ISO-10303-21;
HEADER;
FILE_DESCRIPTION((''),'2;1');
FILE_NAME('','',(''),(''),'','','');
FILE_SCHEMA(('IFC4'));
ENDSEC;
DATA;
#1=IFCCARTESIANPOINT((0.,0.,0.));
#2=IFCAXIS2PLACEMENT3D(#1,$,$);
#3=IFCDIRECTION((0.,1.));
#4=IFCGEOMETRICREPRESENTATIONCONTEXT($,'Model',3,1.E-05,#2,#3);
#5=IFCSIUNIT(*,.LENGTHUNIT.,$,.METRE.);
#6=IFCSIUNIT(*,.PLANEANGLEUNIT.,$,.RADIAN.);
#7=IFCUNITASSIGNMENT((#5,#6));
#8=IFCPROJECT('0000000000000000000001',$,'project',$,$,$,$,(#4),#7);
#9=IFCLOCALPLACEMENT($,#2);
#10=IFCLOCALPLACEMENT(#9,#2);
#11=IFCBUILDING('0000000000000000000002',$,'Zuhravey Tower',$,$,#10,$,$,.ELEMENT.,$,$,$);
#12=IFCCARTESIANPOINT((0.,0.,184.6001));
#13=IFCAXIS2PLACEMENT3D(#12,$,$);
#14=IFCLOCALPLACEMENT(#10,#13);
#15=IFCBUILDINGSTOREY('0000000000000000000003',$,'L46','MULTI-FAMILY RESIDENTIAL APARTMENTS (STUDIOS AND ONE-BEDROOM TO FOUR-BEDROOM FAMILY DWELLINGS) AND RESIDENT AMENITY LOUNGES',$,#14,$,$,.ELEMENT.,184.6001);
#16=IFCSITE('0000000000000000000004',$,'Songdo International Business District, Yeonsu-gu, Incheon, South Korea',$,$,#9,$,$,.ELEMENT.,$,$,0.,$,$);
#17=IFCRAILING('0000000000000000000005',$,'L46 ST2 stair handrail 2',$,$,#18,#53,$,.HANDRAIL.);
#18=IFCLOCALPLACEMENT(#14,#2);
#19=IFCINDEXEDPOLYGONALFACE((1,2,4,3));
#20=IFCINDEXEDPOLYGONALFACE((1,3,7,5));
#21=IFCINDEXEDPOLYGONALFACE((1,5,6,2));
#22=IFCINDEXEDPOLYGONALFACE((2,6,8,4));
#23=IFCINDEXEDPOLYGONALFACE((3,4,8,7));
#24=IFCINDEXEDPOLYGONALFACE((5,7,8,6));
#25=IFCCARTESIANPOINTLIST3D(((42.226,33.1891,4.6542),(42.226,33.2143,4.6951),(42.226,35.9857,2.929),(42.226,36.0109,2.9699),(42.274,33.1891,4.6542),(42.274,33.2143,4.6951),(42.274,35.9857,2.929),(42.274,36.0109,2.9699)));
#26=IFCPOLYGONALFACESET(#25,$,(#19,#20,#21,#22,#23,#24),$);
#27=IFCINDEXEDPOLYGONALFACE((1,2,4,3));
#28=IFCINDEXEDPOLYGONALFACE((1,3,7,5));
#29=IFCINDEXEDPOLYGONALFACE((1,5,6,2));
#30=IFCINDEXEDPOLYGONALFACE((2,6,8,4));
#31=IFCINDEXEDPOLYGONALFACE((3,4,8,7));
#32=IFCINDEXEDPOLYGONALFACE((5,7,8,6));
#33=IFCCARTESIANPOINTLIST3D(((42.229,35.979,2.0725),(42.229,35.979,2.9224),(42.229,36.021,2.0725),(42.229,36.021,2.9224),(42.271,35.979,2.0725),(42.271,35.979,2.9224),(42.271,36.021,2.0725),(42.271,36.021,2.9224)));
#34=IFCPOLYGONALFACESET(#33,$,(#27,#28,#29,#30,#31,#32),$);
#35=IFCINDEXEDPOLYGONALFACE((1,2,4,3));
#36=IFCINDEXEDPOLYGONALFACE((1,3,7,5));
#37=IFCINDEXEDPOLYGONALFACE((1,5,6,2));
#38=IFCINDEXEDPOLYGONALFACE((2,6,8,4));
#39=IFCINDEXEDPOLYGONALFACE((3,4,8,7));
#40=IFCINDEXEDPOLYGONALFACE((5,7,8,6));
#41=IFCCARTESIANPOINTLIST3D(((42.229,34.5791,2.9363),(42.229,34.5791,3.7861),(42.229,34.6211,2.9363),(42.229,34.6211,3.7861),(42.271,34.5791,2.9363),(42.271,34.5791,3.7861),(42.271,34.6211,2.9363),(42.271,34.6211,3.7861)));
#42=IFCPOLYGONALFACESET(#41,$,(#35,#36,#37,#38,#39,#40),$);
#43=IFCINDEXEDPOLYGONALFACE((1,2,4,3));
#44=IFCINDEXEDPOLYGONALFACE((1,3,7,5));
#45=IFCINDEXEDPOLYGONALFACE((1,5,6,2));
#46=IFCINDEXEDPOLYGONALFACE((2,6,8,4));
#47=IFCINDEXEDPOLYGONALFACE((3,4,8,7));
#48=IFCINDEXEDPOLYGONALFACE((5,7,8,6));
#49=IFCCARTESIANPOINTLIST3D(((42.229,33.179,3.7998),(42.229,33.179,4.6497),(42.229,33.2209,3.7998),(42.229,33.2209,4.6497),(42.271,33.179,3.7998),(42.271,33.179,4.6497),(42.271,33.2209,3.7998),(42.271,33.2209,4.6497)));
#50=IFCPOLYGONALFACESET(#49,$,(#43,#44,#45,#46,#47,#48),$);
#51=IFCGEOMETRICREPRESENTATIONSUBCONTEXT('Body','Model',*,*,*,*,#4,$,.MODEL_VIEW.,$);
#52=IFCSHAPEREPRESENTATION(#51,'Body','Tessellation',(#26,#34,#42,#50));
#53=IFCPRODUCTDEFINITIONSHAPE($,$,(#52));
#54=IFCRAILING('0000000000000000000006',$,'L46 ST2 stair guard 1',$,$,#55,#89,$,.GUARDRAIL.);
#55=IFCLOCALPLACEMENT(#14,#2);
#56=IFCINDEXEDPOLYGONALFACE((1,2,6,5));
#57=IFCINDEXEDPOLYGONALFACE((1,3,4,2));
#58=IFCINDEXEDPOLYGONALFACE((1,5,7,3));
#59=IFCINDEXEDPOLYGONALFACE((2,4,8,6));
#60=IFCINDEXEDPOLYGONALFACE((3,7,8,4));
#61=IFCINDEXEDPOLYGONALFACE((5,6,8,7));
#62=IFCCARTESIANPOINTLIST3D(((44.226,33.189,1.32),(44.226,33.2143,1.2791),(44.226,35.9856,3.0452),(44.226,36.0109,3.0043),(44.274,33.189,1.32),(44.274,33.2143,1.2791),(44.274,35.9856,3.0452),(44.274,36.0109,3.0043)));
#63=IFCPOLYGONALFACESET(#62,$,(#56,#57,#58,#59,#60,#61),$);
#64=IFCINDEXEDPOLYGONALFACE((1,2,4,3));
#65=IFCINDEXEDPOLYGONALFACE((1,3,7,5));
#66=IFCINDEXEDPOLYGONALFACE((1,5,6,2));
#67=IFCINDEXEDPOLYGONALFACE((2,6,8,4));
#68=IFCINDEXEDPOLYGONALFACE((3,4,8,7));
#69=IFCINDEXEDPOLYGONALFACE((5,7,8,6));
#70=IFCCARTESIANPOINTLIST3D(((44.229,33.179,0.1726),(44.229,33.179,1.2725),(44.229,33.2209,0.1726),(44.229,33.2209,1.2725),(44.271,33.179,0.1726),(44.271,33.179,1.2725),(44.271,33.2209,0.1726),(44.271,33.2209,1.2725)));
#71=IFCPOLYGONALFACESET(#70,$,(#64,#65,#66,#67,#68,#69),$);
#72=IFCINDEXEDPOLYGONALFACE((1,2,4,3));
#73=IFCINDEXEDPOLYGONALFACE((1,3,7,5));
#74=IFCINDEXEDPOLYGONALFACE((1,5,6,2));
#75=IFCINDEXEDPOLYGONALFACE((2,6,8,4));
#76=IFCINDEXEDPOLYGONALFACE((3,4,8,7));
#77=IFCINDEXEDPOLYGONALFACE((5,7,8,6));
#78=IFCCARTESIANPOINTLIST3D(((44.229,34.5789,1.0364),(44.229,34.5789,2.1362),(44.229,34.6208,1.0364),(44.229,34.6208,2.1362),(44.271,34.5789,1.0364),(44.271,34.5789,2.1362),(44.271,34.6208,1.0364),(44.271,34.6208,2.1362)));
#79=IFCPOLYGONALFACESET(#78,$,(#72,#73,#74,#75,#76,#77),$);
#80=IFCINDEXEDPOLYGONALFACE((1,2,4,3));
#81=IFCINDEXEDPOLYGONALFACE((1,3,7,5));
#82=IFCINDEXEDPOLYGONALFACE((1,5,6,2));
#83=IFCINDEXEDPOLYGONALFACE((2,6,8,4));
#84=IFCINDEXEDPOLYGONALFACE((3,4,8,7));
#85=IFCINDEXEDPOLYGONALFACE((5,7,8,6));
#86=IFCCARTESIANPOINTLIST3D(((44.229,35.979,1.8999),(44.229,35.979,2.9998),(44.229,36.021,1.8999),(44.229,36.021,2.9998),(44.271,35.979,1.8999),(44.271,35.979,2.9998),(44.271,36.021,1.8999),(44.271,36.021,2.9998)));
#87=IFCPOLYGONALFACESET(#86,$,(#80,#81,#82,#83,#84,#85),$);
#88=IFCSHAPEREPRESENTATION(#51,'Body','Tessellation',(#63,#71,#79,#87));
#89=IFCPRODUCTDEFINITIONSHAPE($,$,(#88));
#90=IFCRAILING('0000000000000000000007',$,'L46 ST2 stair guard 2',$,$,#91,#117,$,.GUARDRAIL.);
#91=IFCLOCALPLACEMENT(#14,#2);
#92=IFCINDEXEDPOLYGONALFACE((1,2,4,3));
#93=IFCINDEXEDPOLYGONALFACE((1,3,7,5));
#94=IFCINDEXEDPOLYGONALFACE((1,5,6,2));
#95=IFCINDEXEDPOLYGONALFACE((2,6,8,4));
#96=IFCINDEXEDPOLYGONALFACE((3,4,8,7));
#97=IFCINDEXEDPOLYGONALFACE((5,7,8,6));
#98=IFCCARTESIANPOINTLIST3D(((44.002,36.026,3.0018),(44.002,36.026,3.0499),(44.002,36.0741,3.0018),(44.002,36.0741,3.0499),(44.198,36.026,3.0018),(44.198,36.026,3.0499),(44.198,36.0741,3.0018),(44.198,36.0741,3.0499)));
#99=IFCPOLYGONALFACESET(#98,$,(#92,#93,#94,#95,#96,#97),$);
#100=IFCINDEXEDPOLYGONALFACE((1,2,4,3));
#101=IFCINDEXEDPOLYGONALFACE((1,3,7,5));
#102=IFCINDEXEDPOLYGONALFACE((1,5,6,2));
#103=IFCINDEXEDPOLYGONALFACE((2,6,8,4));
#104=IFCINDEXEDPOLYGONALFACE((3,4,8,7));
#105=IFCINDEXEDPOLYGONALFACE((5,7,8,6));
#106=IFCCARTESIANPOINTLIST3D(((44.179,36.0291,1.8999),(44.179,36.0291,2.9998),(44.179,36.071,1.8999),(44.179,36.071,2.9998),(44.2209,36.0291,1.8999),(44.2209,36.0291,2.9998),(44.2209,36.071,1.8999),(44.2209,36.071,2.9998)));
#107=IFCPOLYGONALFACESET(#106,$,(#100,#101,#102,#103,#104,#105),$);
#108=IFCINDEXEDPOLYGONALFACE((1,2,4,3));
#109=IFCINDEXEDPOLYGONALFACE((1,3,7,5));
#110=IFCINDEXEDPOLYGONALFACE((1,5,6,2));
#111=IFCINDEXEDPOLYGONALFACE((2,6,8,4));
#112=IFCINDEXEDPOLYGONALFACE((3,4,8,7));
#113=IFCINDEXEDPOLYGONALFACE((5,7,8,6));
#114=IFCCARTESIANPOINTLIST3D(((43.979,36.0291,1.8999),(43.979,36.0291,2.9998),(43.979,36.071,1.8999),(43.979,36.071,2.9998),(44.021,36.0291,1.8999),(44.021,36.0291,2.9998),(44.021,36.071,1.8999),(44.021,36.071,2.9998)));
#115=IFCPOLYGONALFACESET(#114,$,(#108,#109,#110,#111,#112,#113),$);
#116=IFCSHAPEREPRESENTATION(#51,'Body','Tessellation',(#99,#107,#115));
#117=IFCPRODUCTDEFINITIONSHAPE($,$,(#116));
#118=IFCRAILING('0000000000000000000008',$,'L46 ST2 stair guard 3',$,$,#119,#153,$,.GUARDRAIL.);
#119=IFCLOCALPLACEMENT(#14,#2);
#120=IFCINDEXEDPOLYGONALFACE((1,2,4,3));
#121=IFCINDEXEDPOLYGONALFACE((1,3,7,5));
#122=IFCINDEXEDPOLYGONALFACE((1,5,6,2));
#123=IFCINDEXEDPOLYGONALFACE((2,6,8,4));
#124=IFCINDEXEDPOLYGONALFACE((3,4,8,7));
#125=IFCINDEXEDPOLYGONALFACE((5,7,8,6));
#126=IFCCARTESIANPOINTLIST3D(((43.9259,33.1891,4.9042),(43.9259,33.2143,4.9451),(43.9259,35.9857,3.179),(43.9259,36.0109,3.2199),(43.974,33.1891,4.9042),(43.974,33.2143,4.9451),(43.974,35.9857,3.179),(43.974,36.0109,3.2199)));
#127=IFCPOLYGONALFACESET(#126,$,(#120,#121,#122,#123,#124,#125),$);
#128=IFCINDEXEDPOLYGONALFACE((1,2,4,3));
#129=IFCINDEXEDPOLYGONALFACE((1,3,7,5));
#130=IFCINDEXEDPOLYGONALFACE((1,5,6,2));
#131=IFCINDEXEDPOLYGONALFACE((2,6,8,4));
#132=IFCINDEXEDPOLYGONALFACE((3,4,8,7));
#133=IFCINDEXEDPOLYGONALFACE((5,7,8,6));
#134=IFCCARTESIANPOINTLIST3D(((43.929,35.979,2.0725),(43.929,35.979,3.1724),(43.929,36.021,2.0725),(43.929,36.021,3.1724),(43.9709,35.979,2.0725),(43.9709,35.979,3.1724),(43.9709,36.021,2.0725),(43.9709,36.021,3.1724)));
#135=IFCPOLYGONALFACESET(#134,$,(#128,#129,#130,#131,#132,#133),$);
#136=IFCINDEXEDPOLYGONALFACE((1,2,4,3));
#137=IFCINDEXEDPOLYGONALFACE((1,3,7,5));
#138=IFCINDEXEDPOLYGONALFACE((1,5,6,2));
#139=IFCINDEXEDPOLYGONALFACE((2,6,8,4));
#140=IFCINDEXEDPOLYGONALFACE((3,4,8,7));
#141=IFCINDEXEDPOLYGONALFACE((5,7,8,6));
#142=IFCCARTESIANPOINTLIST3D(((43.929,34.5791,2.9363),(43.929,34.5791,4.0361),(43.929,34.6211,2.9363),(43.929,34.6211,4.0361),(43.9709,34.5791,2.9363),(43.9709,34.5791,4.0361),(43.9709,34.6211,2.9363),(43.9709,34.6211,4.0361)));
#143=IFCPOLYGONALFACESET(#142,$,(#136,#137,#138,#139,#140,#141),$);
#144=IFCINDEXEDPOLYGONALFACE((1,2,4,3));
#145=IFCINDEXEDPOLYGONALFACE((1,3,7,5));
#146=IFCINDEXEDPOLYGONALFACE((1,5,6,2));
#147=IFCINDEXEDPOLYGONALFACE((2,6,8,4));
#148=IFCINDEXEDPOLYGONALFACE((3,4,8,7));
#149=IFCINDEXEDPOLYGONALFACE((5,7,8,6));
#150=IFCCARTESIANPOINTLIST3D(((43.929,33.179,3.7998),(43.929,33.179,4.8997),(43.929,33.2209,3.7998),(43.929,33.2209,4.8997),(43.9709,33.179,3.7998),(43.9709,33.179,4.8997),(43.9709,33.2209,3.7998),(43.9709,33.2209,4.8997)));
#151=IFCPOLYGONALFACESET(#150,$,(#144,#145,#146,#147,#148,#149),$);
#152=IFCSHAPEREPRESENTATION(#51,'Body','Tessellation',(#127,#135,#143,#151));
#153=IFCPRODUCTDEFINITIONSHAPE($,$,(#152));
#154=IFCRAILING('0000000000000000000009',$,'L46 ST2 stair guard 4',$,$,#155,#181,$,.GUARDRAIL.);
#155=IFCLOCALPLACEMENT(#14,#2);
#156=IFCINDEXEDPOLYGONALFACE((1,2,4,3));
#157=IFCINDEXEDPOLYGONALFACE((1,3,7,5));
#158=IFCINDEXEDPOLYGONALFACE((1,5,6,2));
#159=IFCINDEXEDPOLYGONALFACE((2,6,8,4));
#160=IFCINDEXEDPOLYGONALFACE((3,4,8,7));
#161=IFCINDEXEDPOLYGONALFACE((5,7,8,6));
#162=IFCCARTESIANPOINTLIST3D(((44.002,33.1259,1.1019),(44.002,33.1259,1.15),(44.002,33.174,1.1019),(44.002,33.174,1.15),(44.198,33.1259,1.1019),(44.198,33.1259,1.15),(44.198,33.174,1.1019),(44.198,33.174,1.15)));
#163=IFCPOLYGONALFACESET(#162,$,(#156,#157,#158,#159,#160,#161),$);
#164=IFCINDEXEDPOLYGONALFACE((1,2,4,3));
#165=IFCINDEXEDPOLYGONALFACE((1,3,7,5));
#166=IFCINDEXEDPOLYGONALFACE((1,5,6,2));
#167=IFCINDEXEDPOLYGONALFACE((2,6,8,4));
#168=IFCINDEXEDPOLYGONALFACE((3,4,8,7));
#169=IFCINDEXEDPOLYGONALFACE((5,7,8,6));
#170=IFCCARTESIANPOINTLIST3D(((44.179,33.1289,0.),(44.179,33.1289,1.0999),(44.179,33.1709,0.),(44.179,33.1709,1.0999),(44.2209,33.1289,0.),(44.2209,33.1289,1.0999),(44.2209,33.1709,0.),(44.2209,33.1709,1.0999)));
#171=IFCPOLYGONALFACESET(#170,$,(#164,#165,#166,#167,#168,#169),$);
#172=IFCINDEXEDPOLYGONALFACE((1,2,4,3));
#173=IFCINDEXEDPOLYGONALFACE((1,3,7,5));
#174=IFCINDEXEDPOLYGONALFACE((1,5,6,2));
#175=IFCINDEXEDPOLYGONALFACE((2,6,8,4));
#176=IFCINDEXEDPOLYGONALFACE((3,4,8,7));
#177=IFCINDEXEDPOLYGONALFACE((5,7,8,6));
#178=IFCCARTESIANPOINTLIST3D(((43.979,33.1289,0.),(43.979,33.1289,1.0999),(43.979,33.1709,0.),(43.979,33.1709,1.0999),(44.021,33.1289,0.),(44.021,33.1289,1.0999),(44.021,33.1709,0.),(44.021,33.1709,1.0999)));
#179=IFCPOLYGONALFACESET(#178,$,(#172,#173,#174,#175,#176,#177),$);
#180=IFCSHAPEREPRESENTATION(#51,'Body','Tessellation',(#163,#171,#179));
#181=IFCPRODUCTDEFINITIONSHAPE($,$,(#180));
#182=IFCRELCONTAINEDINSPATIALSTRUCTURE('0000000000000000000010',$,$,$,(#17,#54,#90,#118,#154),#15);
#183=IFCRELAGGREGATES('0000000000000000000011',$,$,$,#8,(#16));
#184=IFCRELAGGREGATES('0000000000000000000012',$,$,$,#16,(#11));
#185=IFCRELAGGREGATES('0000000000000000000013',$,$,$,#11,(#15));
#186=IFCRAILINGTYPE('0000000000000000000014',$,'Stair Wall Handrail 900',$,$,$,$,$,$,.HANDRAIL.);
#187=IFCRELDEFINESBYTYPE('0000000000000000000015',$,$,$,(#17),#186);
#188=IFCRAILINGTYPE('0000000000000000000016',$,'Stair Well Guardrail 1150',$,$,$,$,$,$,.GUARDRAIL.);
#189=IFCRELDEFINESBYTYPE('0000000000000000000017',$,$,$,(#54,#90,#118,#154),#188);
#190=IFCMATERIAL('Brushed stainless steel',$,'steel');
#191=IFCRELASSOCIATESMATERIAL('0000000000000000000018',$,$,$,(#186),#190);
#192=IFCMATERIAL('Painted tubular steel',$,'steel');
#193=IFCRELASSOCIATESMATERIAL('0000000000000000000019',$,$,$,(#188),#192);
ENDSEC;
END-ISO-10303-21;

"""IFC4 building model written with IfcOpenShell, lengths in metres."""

from ifc_helpers import new_model, si_unit, direction, frame, origin, origin_2d, place, context, subcontext, project, spatial, rectangle, extrude, material, type_object, element, save


model = new_model("IFC4")

# Units and contexts
model_context = context("Model", 3, precision=1e-05, world=origin(), true_north=direction((0.0, 1.0)))
body_context = subcontext(model_context, "Body", "Model", "MODEL_VIEW")
ifc_project = project(units=[si_unit("LENGTHUNIT", "METRE"), si_unit("PLANEANGLEUNIT", "RADIAN")], contexts=[model_context])

# Site, building, storey
site_placement = place(None, origin())
site = spatial("IfcSite", under=ifc_project, at=site_placement, Name="Songdo International Business District, Yeonsu-gu, Incheon, South Korea", CompositionType="ELEMENT", RefElevation=0.0)
building_placement = place(site_placement, origin())
building = spatial("IfcBuilding", under=site, at=building_placement, Name="Zuhravey Tower", CompositionType="ELEMENT")
storey_placement = place(building_placement, frame((0.0, 0.0, 184.6001)))
storey = spatial("IfcBuildingStorey", under=building, at=storey_placement, Name="L46", Description="MULTI-FAMILY RESIDENTIAL APARTMENTS (STUDIOS AND ONE-BEDROOM TO FOUR-BEDROOM FAMILY DWELLINGS) AND RESIDENT AMENITY LOUNGES", CompositionType="ELEMENT", Elevation=184.6001)

# Railings
ifc_material_1 = material(Name="Brushed stainless steel", Category="steel")
railing_type_1 = type_object("IfcRailingType", Name="Stair Wall Handrail 900", PredefinedType="HANDRAIL", material=ifc_material_1)
railing_1_placement = place(storey_placement, frame((42.25, 36.0, 2.0725)))
element("IfcRailing", 1, at=railing_1_placement, inside=storey, type_object=railing_type_1, Name="L46 ST2 stair handrail 2", PredefinedType="HANDRAIL", context=body_context, shape_type="SweptSolid", body=[
    extrude(rectangle(XDim=0.0481, YDim=0.0481, at=origin_2d()), frame((0.0, -0.0017, 0.877), z_axis=(0.0, -0.85109, 0.52502), x_axis=(1.0, 0.0, 0.0)), (0.0, 0.0, 1.0), 3.2859),
    extrude(rectangle(XDim=0.042, YDim=0.042, at=origin_2d()), origin(), (0.0, 0.0, 1.0), 0.8499),
    extrude(rectangle(XDim=0.042, YDim=0.042, at=origin_2d()), frame((0.0, -1.3999, 0.8638)), (0.0, 0.0, 1.0), 0.8499),
    extrude(rectangle(XDim=0.042, YDim=0.042, at=origin_2d()), frame((0.0, -2.8, 1.7273)), (0.0, 0.0, 1.0), 0.8499),
])
ifc_material_2 = material(Name="Painted tubular steel", Category="steel")
railing_type_2 = type_object("IfcRailingType", Name="Stair Well Guardrail 1150", PredefinedType="GUARDRAIL", material=ifc_material_2)
railing_2_placement = place(storey_placement, frame((44.25, 33.2, 0.1726)))
element("IfcRailing", 2, at=railing_2_placement, inside=storey, type_object=railing_type_2, Name="L46 ST2 stair guard 1", PredefinedType="GUARDRAIL", context=body_context, shape_type="SweptSolid", body=[
    extrude(rectangle(XDim=0.0481, YDim=0.0481, at=origin_2d()), frame((0.0, 0.0017, 1.127), z_axis=(0.0, 0.85109, 0.52502), x_axis=(-1.0, 0.0, 0.0)), (0.0, 0.0, 1.0), 3.2859),
    extrude(rectangle(XDim=0.042, YDim=0.042, at=origin_2d()), origin(), (0.0, 0.0, 1.0), 1.0999),
    extrude(rectangle(XDim=0.042, YDim=0.042, at=origin_2d()), frame((0.0, 1.3999, 0.8638)), (0.0, 0.0, 1.0), 1.0999),
    extrude(rectangle(XDim=0.042, YDim=0.042, at=origin_2d()), frame((0.0, 2.8, 1.7273)), (0.0, 0.0, 1.0), 1.0999),
])
railing_3_placement = place(storey_placement, frame((44.2, 36.05, 1.8999)))
element("IfcRailing", 3, at=railing_3_placement, inside=storey, type_object=railing_type_2, Name="L46 ST2 stair guard 2", PredefinedType="GUARDRAIL", context=body_context, shape_type="SweptSolid", body=[
    extrude(rectangle(XDim=0.0481, YDim=0.0481, at=origin_2d()), frame((-0.002, 0.0, 1.126), z_axis=(-1.0, 0.0, 0.0), x_axis=(0.0, -1.0, 0.0)), (0.0, 0.0, 1.0), 0.196),
    extrude(rectangle(XDim=0.042, YDim=0.042, at=origin_2d()), origin(), (0.0, 0.0, 1.0), 1.0999),
    extrude(rectangle(XDim=0.042, YDim=0.042, at=origin_2d()), frame((-0.2, 0.0, 0.0)), (0.0, 0.0, 1.0), 1.0999),
])
railing_4_placement = place(storey_placement, frame((43.95, 36.0, 2.0725)))
element("IfcRailing", 4, at=railing_4_placement, inside=storey, type_object=railing_type_2, Name="L46 ST2 stair guard 3", PredefinedType="GUARDRAIL", context=body_context, shape_type="SweptSolid", body=[
    extrude(rectangle(XDim=0.0481, YDim=0.0481, at=origin_2d()), frame((0.0, -0.0017, 1.127), z_axis=(0.0, -0.85109, 0.52502), x_axis=(1.0, 0.0, 0.0)), (0.0, 0.0, 1.0), 3.2859),
    extrude(rectangle(XDim=0.042, YDim=0.042, at=origin_2d()), origin(), (0.0, 0.0, 1.0), 1.0999),
    extrude(rectangle(XDim=0.042, YDim=0.042, at=origin_2d()), frame((0.0, -1.3999, 0.8638)), (0.0, 0.0, 1.0), 1.0999),
    extrude(rectangle(XDim=0.042, YDim=0.042, at=origin_2d()), frame((0.0, -2.8, 1.7273)), (0.0, 0.0, 1.0), 1.0999),
])
railing_5_placement = place(storey_placement, frame((44.2, 33.1499, 0.0)))
element("IfcRailing", 5, at=railing_5_placement, inside=storey, type_object=railing_type_2, Name="L46 ST2 stair guard 4", PredefinedType="GUARDRAIL", context=body_context, shape_type="SweptSolid", body=[
    extrude(rectangle(XDim=0.0481, YDim=0.0481, at=origin_2d()), frame((-0.002, 0.0, 1.126), z_axis=(-1.0, 0.0, 0.0), x_axis=(0.0, -1.0, 0.0)), (0.0, 0.0, 1.0), 0.196),
    extrude(rectangle(XDim=0.042, YDim=0.042, at=origin_2d()), origin(), (0.0, 0.0, 1.0), 1.0999),
    extrude(rectangle(XDim=0.042, YDim=0.042, at=origin_2d()), frame((-0.2, 0.0, 0.0)), (0.0, 0.0, 1.0), 1.0999),
])

save(model, "model.ifc")
